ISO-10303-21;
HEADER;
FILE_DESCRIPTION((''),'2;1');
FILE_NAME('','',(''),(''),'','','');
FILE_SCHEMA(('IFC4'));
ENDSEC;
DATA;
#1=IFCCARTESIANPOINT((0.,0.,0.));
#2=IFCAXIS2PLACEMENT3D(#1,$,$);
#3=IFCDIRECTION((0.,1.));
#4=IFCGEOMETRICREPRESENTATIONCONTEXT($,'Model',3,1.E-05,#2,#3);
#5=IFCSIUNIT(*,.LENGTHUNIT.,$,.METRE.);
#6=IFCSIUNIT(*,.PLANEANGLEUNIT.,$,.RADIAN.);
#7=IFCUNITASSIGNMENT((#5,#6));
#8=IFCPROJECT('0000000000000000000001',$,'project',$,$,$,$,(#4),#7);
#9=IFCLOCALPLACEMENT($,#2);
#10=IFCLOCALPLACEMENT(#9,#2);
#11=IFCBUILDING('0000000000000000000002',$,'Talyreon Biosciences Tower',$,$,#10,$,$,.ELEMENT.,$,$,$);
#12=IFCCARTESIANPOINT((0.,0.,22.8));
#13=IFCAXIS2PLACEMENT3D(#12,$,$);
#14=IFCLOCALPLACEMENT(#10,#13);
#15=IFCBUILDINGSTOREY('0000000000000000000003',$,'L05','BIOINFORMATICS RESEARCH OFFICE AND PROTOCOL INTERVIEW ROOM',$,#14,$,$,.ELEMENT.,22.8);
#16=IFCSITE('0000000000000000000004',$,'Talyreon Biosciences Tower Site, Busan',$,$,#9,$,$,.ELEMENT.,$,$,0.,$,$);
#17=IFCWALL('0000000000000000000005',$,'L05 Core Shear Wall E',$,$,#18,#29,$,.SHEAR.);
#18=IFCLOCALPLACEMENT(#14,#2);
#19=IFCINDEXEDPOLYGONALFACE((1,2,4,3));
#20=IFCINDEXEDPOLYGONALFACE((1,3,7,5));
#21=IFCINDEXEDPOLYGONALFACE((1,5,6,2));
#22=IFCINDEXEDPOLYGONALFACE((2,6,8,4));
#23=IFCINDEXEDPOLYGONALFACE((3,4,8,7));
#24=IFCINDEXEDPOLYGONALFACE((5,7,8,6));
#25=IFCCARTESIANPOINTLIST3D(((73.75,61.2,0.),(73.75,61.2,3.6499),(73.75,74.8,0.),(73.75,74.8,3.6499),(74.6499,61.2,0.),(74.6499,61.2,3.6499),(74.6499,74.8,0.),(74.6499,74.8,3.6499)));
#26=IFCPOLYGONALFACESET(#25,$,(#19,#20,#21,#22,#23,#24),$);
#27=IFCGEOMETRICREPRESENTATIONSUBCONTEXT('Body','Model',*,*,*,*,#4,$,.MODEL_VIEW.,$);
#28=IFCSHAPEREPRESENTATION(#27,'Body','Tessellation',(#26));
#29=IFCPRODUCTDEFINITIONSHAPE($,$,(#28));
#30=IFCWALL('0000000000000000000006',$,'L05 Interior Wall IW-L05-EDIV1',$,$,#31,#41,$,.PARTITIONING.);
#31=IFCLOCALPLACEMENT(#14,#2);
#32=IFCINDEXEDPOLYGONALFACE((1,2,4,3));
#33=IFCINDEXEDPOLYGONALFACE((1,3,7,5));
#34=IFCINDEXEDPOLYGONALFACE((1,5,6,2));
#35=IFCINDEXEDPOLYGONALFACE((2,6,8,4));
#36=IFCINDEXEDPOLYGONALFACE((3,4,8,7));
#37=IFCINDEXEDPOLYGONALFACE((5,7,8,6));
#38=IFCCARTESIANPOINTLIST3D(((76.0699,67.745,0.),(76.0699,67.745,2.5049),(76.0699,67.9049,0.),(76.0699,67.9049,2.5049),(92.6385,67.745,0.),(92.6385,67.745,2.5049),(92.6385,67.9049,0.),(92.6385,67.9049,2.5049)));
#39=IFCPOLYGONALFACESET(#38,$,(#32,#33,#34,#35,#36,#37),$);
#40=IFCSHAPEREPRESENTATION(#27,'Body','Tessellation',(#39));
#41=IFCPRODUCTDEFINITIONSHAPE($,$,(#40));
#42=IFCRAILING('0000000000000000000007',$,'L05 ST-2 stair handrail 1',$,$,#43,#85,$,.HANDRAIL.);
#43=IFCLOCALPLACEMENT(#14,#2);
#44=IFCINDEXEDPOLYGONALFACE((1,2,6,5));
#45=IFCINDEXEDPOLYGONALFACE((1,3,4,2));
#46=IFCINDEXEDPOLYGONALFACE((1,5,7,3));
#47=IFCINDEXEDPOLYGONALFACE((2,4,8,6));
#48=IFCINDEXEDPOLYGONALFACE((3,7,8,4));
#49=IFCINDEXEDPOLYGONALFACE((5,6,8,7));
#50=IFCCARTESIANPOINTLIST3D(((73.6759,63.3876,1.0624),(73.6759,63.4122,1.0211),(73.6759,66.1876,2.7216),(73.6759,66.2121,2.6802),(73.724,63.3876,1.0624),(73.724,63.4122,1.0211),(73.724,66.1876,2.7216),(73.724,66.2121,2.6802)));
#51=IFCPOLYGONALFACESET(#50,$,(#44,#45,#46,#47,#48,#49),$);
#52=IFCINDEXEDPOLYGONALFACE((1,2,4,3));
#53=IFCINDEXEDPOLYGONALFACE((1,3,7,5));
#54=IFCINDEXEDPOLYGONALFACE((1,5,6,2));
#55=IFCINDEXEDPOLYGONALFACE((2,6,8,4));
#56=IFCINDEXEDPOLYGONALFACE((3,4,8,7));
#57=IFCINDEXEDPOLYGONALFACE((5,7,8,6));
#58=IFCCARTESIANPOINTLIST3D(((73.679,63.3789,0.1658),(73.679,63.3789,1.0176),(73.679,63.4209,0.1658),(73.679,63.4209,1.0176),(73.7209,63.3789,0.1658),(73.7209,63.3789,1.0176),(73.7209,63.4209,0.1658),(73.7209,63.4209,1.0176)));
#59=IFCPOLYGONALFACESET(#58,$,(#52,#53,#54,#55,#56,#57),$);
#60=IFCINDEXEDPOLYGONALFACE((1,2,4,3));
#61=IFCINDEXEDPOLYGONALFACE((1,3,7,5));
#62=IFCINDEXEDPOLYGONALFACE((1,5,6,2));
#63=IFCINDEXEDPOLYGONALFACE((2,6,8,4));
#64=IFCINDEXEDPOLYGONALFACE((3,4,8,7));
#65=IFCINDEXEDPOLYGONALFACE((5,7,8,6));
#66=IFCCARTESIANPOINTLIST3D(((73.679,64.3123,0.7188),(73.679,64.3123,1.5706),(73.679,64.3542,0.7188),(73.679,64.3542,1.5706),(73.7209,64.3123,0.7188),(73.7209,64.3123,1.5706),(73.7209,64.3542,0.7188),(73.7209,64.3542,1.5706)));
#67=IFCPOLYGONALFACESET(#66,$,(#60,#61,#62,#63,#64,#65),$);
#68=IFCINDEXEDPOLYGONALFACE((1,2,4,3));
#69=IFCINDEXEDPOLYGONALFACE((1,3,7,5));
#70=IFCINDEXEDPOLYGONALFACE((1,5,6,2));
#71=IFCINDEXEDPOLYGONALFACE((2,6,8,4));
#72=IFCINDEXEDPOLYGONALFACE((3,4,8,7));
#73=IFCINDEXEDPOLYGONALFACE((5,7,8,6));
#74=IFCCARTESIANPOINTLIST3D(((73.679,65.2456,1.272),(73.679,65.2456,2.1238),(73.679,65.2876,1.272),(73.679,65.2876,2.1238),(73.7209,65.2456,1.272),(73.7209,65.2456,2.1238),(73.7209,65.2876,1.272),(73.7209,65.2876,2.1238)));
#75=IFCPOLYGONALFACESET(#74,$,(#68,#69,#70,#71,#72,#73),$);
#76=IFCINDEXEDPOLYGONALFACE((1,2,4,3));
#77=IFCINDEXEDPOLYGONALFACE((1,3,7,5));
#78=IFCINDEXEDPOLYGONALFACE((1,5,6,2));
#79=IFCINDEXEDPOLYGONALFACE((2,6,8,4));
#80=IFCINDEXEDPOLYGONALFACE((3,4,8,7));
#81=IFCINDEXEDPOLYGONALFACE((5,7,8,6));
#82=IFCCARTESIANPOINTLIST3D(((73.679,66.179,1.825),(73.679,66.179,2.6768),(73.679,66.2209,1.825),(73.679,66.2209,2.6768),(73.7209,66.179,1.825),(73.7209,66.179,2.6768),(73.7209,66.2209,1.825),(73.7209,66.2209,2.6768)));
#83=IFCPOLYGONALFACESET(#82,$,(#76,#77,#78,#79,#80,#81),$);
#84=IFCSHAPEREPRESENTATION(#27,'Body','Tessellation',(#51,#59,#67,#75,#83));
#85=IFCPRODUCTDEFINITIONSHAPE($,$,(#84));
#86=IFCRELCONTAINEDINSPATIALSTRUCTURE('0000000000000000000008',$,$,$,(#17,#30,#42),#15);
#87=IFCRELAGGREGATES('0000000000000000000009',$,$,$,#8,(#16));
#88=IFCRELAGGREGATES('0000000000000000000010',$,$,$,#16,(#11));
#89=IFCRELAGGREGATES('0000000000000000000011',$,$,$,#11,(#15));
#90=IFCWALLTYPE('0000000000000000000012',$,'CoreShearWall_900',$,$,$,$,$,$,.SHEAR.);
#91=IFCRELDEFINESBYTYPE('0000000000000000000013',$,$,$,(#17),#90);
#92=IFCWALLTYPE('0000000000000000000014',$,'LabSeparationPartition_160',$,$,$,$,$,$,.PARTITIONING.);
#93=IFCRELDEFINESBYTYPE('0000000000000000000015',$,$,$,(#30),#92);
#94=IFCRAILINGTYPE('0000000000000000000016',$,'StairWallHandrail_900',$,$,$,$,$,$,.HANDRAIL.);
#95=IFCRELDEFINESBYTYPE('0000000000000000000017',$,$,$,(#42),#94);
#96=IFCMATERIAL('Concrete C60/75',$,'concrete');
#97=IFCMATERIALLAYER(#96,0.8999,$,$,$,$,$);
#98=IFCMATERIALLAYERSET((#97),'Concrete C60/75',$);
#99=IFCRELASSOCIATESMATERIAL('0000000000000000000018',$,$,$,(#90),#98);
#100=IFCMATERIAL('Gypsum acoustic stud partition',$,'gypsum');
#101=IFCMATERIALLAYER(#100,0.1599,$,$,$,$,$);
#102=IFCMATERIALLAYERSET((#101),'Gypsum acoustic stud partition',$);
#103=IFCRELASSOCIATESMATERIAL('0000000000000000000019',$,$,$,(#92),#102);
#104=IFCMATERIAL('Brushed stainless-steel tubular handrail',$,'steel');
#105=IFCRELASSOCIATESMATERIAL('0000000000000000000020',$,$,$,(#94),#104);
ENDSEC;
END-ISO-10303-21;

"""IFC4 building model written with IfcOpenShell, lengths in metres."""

from ifc_helpers import new_model, si_unit, direction, frame, frame_2d, origin, origin_2d, place, context, subcontext, project, spatial, rectangle, extrude, material, layer, layer_set, type_object, element, save


model = new_model("IFC4")

# Units and contexts
model_context = context("Model", 3, precision=1e-05, world=origin(), true_north=direction((0.0, 1.0)))
body_context = subcontext(model_context, "Body", "Model", "MODEL_VIEW")
ifc_project = project(units=[si_unit("LENGTHUNIT", "METRE"), si_unit("PLANEANGLEUNIT", "RADIAN")], contexts=[model_context])

# Site, building, storey
site_placement = place(None, origin())
site = spatial("IfcSite", under=ifc_project, at=site_placement, Name="Talyreon Biosciences Tower Site, Busan", CompositionType="ELEMENT", RefElevation=0.0)
building_placement = place(site_placement, origin())
building = spatial("IfcBuilding", under=site, at=building_placement, Name="Talyreon Biosciences Tower", CompositionType="ELEMENT")
storey_placement = place(building_placement, frame((0.0, 0.0, 22.8)))
storey = spatial("IfcBuildingStorey", under=building, at=storey_placement, Name="L05", Description="BIOINFORMATICS RESEARCH OFFICE AND PROTOCOL INTERVIEW ROOM", CompositionType="ELEMENT", Elevation=22.8)

# Shared definitions
ifc_material_1 = material(Name="Concrete C60/75", Category="concrete")

# Wall
ifc_layer_1 = layer(ifc_material_1, 0.8999)
ifc_layer_set_1 = layer_set([ifc_layer_1], Name="Concrete C60/75")
wall_type_1 = type_object("IfcWallType", Name="CoreShearWall_900", PredefinedType="SHEAR", material=ifc_layer_set_1)
wall_1_placement = place(storey_placement, frame((74.2, 61.2, 0.0), z_axis=(0.0, 0.0, 1.0), x_axis=(0.0, 1.0, 0.0)))
element("IfcWall", 1, at=wall_1_placement, inside=storey, type_object=wall_type_1, Name="L05 Core Shear Wall E", PredefinedType="SHEAR", context=body_context, shape_type="SweptSolid", body=[
    extrude(rectangle(XDim=13.6001, YDim=0.8999, at=frame_2d((6.8, 0.0))), origin(), (0.0, 0.0, 1.0), 3.6499),
])

# Wall
ifc_material_2 = material(Name="Gypsum acoustic stud partition", Category="gypsum")
ifc_layer_2 = layer(ifc_material_2, 0.1599)
ifc_layer_set_2 = layer_set([ifc_layer_2], Name="Gypsum acoustic stud partition")
wall_type_2 = type_object("IfcWallType", Name="LabSeparationPartition_160", PredefinedType="PARTITIONING", material=ifc_layer_set_2)
wall_2_placement = place(storey_placement, frame((76.0701, 67.825, 0.0), z_axis=(0.0, 0.0, 1.0), x_axis=(1.0, 0.0, 0.0)))
element("IfcWall", 2, at=wall_2_placement, inside=storey, type_object=wall_type_2, Name="L05 Interior Wall IW-L05-EDIV1", PredefinedType="PARTITIONING", context=body_context, shape_type="SweptSolid", body=[
    extrude(rectangle(XDim=16.5686, YDim=0.1599, at=frame_2d((8.2842, 0.0))), origin(), (0.0, 0.0, 1.0), 2.5049),
])

# Railing
ifc_material_3 = material(Name="Brushed stainless-steel tubular handrail", Category="steel")
railing_type = type_object("IfcRailingType", Name="StairWallHandrail_900", PredefinedType="HANDRAIL", material=ifc_material_3)
railing_placement = place(storey_placement, frame((73.7, 63.3999, 0.1658)))
element("IfcRailing", 3, at=railing_placement, inside=storey, type_object=railing_type, Name="L05 ST-2 stair handrail 1", PredefinedType="HANDRAIL", context=body_context, shape_type="SweptSolid", body=[
    extrude(rectangle(XDim=0.0481, YDim=0.0481, at=origin_2d()), frame((0.0, 0.0, 0.876), z_axis=(0.0, 0.860306, 0.509778), x_axis=(-1.0, 0.0, 0.0)), (0.0, 0.0, 1.0), 3.2546),
    extrude(rectangle(XDim=0.042, YDim=0.042, at=origin_2d()), origin(), (0.0, 0.0, 1.0), 0.8518),
    extrude(rectangle(XDim=0.042, YDim=0.042, at=origin_2d()), frame((0.0, 0.9333, 0.553)), (0.0, 0.0, 1.0), 0.8518),
    extrude(rectangle(XDim=0.042, YDim=0.042, at=origin_2d()), frame((0.0, 1.8667, 1.1062)), (0.0, 0.0, 1.0), 0.8518),
    extrude(rectangle(XDim=0.042, YDim=0.042, at=origin_2d()), frame((0.0, 2.8, 1.6592)), (0.0, 0.0, 1.0), 0.8518),
])

save(model, "model.ifc")
